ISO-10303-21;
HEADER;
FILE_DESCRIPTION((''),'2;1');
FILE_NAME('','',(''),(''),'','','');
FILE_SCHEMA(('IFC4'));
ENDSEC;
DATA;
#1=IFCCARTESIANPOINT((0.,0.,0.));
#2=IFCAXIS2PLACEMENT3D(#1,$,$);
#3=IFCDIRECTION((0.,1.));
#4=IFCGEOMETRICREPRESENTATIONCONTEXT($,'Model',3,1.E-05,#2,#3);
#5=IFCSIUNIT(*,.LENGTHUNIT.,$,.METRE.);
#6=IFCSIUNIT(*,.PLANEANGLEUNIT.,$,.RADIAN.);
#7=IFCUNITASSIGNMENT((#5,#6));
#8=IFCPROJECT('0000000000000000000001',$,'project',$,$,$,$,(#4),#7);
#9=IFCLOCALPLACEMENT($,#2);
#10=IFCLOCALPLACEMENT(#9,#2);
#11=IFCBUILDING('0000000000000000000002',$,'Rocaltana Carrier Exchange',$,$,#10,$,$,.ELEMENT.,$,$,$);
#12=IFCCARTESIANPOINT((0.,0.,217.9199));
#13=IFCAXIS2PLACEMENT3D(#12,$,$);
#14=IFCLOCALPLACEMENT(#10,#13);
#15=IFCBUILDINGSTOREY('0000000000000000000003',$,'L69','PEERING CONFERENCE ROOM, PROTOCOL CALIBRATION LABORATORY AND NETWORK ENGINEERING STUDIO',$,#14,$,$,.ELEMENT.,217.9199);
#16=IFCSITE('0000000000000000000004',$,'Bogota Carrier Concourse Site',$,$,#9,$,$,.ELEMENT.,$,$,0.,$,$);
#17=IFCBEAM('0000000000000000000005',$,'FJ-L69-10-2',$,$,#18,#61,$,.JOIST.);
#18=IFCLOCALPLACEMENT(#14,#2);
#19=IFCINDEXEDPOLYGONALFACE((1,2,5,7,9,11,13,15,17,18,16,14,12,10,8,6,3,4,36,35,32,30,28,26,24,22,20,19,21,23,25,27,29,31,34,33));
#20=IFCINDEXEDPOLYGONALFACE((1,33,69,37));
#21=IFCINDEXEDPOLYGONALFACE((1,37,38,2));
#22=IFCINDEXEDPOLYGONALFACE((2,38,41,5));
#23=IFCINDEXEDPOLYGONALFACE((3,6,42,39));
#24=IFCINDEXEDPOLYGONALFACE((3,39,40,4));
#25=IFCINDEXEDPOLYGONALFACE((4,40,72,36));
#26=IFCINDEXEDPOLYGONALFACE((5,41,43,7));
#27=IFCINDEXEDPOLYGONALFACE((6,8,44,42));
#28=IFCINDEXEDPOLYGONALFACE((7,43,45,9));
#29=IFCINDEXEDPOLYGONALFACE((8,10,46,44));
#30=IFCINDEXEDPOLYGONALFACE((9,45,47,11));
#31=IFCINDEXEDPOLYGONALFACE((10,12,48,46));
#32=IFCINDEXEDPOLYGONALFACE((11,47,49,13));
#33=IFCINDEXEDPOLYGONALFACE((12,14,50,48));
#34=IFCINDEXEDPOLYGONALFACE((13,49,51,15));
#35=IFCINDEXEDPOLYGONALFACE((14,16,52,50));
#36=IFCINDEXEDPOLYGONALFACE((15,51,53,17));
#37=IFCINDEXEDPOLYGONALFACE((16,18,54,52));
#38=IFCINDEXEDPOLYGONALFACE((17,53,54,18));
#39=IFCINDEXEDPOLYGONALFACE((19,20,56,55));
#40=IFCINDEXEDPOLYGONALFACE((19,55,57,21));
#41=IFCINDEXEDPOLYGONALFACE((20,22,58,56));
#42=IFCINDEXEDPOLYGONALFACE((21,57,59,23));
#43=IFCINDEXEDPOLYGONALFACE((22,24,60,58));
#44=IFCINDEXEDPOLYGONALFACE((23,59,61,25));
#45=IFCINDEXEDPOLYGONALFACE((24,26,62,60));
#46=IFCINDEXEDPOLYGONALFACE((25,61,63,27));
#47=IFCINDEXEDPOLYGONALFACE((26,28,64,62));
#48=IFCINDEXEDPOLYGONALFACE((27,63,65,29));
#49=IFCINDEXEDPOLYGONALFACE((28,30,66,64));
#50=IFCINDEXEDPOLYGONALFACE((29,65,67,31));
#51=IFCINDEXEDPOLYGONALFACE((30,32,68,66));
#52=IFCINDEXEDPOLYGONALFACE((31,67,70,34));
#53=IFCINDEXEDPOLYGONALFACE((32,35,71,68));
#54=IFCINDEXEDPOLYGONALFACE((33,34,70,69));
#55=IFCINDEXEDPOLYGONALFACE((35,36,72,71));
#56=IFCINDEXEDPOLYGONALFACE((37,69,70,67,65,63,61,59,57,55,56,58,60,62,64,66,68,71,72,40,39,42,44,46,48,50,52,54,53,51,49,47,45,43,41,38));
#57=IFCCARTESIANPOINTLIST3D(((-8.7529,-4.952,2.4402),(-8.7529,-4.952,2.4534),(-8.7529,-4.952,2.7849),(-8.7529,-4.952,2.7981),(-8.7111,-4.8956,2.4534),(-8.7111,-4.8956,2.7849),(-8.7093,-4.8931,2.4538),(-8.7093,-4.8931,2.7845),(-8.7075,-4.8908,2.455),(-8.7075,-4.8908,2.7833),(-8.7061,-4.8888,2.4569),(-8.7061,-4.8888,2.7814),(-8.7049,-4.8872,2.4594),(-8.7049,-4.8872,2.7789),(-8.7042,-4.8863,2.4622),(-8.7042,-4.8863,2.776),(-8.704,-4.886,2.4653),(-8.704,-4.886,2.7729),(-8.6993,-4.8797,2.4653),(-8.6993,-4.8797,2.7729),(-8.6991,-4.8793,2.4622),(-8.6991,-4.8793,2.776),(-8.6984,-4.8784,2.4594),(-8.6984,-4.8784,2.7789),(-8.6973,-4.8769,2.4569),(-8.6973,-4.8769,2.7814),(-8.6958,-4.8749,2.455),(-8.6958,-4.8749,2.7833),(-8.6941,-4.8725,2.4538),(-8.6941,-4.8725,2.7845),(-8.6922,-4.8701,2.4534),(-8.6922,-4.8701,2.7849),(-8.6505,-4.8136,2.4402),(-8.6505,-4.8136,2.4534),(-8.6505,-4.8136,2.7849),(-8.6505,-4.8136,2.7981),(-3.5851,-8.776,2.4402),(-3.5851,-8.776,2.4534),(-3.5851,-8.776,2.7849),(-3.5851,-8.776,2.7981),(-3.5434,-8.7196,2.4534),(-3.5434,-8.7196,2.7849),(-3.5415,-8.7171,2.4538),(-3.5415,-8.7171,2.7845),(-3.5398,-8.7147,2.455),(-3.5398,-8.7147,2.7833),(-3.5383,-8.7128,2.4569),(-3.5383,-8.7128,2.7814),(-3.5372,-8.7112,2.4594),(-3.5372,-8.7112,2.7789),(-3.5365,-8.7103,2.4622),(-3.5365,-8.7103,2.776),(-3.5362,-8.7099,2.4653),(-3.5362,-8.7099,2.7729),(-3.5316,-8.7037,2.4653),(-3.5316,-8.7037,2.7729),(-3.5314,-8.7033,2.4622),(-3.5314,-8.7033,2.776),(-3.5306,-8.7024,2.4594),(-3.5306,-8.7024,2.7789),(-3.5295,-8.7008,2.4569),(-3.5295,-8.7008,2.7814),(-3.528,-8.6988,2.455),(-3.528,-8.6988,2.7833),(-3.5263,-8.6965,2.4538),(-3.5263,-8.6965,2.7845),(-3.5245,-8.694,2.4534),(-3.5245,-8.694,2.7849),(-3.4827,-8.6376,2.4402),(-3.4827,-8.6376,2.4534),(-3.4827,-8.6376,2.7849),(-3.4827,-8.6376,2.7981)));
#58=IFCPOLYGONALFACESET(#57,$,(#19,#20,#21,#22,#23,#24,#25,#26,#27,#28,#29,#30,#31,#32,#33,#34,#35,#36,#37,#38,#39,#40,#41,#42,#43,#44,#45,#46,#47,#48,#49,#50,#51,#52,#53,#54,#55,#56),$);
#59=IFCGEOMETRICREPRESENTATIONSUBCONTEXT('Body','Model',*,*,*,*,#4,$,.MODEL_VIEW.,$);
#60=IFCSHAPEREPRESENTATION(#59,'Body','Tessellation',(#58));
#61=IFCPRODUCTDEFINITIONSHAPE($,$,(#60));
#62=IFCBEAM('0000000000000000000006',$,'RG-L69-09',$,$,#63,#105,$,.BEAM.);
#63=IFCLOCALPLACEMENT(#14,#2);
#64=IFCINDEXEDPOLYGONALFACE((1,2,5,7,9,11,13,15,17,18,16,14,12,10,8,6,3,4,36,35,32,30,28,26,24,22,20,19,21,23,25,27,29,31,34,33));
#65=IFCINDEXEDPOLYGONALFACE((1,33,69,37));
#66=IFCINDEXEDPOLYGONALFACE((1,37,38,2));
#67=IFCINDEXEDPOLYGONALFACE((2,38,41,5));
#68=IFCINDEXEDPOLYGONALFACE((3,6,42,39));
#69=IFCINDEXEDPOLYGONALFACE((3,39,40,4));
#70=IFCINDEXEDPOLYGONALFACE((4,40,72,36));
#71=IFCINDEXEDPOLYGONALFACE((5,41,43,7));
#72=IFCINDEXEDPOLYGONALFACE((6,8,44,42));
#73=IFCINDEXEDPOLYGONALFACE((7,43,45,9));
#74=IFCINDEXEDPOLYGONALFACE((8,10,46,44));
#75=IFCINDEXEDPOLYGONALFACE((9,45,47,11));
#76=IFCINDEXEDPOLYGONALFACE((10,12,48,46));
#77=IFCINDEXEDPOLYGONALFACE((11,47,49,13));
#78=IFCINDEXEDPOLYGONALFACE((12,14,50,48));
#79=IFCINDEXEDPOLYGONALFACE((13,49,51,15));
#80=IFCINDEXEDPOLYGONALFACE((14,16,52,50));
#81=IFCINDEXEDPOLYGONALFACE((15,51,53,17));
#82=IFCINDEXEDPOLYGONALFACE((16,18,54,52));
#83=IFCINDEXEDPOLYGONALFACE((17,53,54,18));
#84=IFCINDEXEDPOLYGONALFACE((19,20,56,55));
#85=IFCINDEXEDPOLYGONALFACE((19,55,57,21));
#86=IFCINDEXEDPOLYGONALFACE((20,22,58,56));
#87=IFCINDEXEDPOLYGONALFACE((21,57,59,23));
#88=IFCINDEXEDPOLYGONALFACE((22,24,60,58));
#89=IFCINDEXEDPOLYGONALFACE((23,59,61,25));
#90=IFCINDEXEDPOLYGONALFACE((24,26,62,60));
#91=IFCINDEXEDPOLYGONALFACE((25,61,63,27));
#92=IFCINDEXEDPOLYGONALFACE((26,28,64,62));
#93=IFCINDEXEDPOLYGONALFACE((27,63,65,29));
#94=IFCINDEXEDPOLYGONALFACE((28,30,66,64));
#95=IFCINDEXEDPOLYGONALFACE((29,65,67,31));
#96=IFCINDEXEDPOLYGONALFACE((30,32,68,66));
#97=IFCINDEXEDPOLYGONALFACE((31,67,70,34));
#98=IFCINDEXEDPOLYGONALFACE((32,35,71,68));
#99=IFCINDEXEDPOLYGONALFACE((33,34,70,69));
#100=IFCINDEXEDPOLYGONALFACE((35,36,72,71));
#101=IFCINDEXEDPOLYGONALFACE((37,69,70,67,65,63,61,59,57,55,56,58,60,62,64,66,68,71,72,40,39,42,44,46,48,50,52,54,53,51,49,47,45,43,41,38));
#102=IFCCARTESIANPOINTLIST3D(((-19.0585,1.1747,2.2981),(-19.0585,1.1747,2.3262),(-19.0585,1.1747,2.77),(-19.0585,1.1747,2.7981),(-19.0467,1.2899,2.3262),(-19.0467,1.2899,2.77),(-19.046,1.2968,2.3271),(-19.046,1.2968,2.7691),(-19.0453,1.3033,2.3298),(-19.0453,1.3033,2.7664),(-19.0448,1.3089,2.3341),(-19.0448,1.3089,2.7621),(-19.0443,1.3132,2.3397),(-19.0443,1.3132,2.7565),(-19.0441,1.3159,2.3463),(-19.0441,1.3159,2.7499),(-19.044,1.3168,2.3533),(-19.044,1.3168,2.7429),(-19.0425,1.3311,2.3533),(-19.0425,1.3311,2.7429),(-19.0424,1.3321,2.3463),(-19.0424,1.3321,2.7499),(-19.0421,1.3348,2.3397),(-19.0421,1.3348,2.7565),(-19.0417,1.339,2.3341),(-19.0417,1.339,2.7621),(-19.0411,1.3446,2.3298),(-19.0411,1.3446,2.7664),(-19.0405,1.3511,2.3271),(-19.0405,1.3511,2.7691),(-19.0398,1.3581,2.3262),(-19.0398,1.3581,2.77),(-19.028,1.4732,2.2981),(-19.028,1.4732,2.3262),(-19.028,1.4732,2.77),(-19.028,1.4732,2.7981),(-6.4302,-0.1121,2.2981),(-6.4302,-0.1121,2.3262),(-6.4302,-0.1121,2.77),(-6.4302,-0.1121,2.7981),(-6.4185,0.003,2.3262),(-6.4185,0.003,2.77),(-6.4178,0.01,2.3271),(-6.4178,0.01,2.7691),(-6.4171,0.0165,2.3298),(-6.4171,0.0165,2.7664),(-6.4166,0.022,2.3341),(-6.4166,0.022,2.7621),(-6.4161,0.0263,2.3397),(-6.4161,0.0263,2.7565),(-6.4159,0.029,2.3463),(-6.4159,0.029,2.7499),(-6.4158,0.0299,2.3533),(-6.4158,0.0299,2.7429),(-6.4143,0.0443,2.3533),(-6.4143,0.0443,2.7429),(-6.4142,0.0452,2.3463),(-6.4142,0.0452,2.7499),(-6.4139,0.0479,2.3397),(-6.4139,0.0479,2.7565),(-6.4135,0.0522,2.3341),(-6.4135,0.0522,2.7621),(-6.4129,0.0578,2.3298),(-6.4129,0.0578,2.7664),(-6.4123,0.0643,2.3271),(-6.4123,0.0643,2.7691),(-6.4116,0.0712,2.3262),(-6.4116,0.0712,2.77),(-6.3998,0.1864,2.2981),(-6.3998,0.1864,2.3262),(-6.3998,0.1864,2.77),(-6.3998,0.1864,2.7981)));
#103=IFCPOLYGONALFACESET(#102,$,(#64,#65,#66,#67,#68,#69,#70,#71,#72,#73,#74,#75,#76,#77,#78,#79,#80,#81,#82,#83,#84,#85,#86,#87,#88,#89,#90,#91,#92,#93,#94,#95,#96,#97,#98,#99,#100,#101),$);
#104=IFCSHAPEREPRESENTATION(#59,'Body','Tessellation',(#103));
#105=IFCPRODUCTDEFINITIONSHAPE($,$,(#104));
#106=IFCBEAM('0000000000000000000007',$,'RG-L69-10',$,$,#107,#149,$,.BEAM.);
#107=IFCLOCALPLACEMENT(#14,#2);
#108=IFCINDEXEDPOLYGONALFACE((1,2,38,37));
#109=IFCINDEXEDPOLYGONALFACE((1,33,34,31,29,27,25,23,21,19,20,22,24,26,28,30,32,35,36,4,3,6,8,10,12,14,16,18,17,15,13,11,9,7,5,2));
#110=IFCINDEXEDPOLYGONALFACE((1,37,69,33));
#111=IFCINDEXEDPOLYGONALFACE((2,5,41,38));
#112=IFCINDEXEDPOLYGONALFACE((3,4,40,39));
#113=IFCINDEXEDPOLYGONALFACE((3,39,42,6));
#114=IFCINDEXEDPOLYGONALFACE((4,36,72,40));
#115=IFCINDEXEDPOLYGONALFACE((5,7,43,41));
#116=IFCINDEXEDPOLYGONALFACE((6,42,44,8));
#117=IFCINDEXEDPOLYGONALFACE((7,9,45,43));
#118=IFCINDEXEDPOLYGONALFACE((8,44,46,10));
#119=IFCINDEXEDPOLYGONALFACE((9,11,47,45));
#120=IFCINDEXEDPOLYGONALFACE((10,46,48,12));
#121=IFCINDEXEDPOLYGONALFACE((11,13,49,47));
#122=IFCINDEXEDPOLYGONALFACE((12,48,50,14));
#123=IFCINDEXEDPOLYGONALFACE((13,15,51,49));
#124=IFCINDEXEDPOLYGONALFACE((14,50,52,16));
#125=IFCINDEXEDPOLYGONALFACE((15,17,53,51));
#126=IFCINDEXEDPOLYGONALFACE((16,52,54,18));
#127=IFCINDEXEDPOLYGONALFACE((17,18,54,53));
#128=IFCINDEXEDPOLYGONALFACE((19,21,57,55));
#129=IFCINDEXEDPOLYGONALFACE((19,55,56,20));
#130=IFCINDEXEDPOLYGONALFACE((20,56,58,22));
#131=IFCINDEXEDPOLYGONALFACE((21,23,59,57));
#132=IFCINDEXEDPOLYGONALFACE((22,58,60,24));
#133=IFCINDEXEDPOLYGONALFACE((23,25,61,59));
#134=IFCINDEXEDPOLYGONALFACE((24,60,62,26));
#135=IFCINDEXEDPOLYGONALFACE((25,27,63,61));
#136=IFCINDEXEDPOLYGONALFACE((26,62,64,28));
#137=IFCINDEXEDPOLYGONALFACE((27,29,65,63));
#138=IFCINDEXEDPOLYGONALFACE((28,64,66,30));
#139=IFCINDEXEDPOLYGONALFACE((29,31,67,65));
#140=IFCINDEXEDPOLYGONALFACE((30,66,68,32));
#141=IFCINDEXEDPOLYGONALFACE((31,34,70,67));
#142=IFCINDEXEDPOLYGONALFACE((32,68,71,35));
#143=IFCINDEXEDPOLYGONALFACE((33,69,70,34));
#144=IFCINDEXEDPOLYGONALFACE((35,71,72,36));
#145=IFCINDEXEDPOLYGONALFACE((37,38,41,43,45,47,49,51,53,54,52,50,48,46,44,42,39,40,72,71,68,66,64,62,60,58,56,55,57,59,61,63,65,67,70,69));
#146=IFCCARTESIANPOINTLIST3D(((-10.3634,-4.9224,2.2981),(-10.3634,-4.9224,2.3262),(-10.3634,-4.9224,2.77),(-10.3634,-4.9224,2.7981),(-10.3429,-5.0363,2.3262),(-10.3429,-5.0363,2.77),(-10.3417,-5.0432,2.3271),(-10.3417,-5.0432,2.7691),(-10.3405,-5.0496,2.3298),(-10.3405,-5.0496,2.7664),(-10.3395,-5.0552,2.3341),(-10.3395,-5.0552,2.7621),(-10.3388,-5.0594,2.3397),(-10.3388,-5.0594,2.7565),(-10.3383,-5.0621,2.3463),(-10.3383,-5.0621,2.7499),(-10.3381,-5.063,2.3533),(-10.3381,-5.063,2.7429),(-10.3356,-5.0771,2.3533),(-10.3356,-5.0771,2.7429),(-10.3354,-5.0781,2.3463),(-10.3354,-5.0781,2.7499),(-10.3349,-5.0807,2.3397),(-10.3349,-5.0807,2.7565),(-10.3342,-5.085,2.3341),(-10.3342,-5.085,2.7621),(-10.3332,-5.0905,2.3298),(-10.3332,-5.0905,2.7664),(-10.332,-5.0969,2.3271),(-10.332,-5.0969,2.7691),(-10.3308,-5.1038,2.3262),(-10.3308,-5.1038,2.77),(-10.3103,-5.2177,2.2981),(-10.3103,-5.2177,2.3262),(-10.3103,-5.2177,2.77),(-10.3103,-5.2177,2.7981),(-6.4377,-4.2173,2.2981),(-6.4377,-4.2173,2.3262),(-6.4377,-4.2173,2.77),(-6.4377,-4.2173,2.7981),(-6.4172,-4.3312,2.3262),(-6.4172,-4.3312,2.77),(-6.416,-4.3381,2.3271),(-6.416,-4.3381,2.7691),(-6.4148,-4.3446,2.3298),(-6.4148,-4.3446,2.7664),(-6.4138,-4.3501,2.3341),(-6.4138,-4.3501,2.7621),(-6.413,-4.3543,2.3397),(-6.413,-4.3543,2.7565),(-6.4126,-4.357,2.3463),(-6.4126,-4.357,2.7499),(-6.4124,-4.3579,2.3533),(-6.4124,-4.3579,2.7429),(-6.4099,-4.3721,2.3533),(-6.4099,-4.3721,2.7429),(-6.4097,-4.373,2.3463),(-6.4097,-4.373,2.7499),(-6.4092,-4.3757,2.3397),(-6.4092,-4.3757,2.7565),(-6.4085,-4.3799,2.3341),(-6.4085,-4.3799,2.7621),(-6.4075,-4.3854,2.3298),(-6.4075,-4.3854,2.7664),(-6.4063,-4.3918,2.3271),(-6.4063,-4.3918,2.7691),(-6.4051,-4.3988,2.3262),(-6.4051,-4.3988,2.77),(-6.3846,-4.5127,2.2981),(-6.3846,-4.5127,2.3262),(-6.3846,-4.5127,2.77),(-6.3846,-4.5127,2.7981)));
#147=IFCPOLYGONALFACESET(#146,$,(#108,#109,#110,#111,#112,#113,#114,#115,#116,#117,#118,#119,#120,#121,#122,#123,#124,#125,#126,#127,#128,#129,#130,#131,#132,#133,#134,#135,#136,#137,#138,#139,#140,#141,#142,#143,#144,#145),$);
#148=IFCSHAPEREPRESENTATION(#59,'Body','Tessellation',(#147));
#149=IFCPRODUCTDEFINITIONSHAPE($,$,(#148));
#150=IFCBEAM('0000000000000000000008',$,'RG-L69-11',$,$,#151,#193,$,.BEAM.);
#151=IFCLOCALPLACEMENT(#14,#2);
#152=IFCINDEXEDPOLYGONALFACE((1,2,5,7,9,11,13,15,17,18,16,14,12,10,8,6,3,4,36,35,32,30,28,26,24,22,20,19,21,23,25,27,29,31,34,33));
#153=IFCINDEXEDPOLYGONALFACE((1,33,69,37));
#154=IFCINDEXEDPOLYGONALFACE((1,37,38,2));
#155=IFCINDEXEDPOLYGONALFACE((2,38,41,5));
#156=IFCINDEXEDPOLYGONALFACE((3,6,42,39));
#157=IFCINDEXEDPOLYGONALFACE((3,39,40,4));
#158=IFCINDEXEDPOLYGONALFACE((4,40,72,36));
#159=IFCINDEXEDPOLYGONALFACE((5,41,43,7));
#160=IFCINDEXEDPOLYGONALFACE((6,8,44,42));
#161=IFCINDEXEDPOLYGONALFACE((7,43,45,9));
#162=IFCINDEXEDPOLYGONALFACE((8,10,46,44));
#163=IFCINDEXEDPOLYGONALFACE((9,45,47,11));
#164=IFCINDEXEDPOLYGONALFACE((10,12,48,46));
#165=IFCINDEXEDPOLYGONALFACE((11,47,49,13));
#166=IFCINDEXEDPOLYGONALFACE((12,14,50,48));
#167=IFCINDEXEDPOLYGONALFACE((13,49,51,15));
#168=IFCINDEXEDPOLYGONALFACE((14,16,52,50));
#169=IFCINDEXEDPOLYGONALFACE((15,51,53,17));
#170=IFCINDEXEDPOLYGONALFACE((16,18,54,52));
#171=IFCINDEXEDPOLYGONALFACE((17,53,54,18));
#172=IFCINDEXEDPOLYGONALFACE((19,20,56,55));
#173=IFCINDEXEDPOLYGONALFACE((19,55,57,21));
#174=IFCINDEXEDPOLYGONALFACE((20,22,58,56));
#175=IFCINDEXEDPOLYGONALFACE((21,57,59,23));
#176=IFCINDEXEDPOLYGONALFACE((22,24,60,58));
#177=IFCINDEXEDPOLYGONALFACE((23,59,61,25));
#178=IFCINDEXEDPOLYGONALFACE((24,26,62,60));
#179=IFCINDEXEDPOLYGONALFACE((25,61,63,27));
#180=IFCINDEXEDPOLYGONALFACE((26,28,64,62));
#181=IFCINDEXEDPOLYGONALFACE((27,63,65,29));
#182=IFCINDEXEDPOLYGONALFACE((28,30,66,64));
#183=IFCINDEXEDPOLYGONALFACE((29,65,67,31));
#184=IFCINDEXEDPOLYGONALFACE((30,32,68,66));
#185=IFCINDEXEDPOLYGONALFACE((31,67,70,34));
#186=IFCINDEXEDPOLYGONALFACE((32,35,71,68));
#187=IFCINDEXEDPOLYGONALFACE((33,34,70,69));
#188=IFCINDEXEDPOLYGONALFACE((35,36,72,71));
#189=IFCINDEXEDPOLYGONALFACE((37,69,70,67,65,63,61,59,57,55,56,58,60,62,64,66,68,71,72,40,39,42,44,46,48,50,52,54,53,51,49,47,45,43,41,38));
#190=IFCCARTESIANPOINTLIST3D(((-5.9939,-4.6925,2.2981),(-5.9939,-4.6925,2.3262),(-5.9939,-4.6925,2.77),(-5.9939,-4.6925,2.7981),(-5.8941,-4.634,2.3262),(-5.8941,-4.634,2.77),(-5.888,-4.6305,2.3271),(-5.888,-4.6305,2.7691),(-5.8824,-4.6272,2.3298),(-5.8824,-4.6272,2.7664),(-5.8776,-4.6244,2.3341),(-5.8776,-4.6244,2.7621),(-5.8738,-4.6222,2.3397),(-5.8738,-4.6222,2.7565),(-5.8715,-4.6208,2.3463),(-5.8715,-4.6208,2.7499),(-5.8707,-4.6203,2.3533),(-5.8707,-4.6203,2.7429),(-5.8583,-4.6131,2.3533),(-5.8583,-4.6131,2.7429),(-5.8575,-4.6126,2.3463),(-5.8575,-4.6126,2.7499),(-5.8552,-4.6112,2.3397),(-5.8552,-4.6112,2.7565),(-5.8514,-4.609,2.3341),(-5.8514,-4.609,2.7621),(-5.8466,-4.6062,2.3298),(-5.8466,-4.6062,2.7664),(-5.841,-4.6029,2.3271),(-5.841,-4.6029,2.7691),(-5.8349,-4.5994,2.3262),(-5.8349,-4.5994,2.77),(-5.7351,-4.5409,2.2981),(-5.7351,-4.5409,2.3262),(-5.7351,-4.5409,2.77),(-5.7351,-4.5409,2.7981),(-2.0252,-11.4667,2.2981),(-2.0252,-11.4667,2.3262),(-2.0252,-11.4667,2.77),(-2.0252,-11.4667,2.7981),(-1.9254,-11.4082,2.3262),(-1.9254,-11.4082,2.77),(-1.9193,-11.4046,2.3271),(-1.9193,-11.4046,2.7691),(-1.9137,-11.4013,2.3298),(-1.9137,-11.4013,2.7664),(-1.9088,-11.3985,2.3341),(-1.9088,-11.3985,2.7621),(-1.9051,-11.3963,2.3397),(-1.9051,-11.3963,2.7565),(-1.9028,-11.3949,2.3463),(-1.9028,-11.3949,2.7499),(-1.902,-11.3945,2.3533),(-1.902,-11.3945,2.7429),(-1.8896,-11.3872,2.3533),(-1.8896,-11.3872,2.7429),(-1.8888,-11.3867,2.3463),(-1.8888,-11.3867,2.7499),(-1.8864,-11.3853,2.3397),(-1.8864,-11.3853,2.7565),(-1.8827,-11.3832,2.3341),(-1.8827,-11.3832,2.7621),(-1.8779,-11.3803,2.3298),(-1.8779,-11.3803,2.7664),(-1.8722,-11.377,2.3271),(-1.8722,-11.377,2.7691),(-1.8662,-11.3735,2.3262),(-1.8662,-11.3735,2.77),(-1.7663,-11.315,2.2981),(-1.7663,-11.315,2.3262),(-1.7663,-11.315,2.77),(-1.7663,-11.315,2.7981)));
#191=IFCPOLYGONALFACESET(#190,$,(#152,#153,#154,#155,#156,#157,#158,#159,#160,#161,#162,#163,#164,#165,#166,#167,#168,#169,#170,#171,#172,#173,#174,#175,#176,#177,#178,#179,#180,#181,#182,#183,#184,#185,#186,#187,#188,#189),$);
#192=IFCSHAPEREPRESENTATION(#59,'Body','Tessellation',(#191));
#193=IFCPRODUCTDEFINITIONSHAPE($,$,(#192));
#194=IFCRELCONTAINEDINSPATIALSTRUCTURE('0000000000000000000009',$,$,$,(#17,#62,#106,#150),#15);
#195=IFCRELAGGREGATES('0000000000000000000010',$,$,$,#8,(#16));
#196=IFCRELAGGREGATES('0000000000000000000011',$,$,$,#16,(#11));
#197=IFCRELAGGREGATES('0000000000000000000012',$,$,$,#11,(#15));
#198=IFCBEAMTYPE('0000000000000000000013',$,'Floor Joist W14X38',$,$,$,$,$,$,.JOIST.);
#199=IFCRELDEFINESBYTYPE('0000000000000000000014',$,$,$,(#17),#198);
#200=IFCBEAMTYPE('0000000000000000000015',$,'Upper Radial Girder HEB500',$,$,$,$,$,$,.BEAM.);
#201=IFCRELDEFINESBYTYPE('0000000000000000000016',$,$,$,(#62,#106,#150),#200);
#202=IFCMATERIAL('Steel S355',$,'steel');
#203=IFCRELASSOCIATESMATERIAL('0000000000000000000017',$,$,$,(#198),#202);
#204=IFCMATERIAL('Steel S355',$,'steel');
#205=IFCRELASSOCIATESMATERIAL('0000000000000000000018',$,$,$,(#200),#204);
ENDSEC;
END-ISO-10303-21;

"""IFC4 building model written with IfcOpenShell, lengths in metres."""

from ifc_helpers import new_model, si_unit, direction, frame, origin, origin_2d, place, context, subcontext, project, spatial, i_section, extrude, material, material_profile, profile_set, type_object, element, save


model = new_model("IFC4")

# Units and contexts
model_context = context("Model", 3, precision=1e-05, world=origin(), true_north=direction((0.0, 1.0)))
body_context = subcontext(model_context, "Body", "Model", "MODEL_VIEW")
ifc_project = project(units=[si_unit("LENGTHUNIT", "METRE"), si_unit("PLANEANGLEUNIT", "RADIAN")], contexts=[model_context])

# Site, building, storey
site_placement = place(None, origin())
site = spatial("IfcSite", under=ifc_project, at=site_placement, Name="Bogota Carrier Concourse Site", CompositionType="ELEMENT", RefElevation=0.0)
building_placement = place(site_placement, origin())
building = spatial("IfcBuilding", under=site, at=building_placement, Name="Rocaltana Carrier Exchange", CompositionType="ELEMENT")
storey_placement = place(building_placement, frame((0.0, 0.0, 217.9199)))
storey = spatial("IfcBuildingStorey", under=building, at=storey_placement, Name="L69", Description="PEERING CONFERENCE ROOM, PROTOCOL CALIBRATION LABORATORY AND NETWORK ENGINEERING STUDIO", CompositionType="ELEMENT", Elevation=217.9199)

# Beams
ifc_material_1 = material(Name="Steel S355", Category="steel")
ifc_material_profile_1 = material_profile(ifc_material_1, i_section(OverallWidth=0.1721, OverallDepth=0.3579, WebThickness=0.0078, FlangeThickness=0.0132, FilletRadius=0.012, at=origin_2d()), Name="W14X38")
ifc_profile_set_1 = profile_set([ifc_material_profile_1], Name="Steel S355")
beam_type_1 = type_object("IfcBeamType", Name="Floor Joist W14X38", PredefinedType="JOIST", material=ifc_profile_set_1)
beam_1_placement = place(storey_placement, frame((-8.7017, -4.8828, 2.6191), z_axis=(0.803852, -0.594829, 0.0), x_axis=(0.594829, 0.803852, 0.0)))
element("IfcBeam", 1, at=beam_1_placement, inside=storey, type_object=beam_type_1, Name="FJ-L69-10-2", PredefinedType="JOIST", context=body_context, shape_type="SweptSolid", body=[
    extrude(i_section(OverallWidth=0.1721, OverallDepth=0.3579, WebThickness=0.0078, FlangeThickness=0.0132, FilletRadius=0.012, at=origin_2d()), origin(), (0.0, 0.0, 1.0), 6.4287),
])
ifc_material_2 = material(Name="Steel S355", Category="steel")
ifc_material_profile_2 = material_profile(ifc_material_2, i_section(OverallWidth=0.3, OverallDepth=0.5, WebThickness=0.0144, FlangeThickness=0.0281, FilletRadius=0.0271, at=origin_2d()), Name="HEB500")
ifc_profile_set_2 = profile_set([ifc_material_profile_2], Name="Steel S355")
beam_type_2 = type_object("IfcBeamType", Name="Upper Radial Girder HEB500", PredefinedType="BEAM", material=ifc_profile_set_2)
beam_2_placement = place(storey_placement, frame((-6.415, 0.0371, 2.5481), z_axis=(-0.994848, 0.101379, 0.0), x_axis=(-0.101379, -0.994848, 0.0)))
element("IfcBeam", 2, at=beam_2_placement, inside=storey, type_object=beam_type_2, Name="RG-L69-09", PredefinedType="BEAM", context=body_context, shape_type="SweptSolid", body=[
    extrude(i_section(OverallWidth=0.3, OverallDepth=0.5, WebThickness=0.0144, FlangeThickness=0.0281, FilletRadius=0.0271, at=origin_2d()), origin(), (0.0, 0.0, 1.0), 12.6936),
])
beam_3_placement = place(storey_placement, frame((-6.4111, -4.365, 2.5481), z_axis=(-0.984252, -0.176774, 0.0), x_axis=(0.176774, -0.984252, 0.0)))
element("IfcBeam", 3, at=beam_3_placement, inside=storey, type_object=beam_type_2, Name="RG-L69-10", PredefinedType="BEAM", context=body_context, shape_type="SweptSolid", body=[
    extrude(i_section(OverallWidth=0.3, OverallDepth=0.5, WebThickness=0.0144, FlangeThickness=0.0281, FilletRadius=0.0271, at=origin_2d()), origin(), (0.0, 0.0, 1.0), 3.9885),
])
beam_4_placement = place(storey_placement, frame((-5.8645, -4.6167, 2.5481), z_axis=(0.5055, -0.862827, 0.0), x_axis=(0.862827, 0.5055, 0.0)))
element("IfcBeam", 4, at=beam_4_placement, inside=storey, type_object=beam_type_2, Name="RG-L69-11", PredefinedType="BEAM", context=body_context, shape_type="SweptSolid", body=[
    extrude(i_section(OverallWidth=0.3, OverallDepth=0.5, WebThickness=0.0144, FlangeThickness=0.0281, FilletRadius=0.0271, at=origin_2d()), origin(), (0.0, 0.0, 1.0), 7.8511),
])

save(model, "model.ifc")
